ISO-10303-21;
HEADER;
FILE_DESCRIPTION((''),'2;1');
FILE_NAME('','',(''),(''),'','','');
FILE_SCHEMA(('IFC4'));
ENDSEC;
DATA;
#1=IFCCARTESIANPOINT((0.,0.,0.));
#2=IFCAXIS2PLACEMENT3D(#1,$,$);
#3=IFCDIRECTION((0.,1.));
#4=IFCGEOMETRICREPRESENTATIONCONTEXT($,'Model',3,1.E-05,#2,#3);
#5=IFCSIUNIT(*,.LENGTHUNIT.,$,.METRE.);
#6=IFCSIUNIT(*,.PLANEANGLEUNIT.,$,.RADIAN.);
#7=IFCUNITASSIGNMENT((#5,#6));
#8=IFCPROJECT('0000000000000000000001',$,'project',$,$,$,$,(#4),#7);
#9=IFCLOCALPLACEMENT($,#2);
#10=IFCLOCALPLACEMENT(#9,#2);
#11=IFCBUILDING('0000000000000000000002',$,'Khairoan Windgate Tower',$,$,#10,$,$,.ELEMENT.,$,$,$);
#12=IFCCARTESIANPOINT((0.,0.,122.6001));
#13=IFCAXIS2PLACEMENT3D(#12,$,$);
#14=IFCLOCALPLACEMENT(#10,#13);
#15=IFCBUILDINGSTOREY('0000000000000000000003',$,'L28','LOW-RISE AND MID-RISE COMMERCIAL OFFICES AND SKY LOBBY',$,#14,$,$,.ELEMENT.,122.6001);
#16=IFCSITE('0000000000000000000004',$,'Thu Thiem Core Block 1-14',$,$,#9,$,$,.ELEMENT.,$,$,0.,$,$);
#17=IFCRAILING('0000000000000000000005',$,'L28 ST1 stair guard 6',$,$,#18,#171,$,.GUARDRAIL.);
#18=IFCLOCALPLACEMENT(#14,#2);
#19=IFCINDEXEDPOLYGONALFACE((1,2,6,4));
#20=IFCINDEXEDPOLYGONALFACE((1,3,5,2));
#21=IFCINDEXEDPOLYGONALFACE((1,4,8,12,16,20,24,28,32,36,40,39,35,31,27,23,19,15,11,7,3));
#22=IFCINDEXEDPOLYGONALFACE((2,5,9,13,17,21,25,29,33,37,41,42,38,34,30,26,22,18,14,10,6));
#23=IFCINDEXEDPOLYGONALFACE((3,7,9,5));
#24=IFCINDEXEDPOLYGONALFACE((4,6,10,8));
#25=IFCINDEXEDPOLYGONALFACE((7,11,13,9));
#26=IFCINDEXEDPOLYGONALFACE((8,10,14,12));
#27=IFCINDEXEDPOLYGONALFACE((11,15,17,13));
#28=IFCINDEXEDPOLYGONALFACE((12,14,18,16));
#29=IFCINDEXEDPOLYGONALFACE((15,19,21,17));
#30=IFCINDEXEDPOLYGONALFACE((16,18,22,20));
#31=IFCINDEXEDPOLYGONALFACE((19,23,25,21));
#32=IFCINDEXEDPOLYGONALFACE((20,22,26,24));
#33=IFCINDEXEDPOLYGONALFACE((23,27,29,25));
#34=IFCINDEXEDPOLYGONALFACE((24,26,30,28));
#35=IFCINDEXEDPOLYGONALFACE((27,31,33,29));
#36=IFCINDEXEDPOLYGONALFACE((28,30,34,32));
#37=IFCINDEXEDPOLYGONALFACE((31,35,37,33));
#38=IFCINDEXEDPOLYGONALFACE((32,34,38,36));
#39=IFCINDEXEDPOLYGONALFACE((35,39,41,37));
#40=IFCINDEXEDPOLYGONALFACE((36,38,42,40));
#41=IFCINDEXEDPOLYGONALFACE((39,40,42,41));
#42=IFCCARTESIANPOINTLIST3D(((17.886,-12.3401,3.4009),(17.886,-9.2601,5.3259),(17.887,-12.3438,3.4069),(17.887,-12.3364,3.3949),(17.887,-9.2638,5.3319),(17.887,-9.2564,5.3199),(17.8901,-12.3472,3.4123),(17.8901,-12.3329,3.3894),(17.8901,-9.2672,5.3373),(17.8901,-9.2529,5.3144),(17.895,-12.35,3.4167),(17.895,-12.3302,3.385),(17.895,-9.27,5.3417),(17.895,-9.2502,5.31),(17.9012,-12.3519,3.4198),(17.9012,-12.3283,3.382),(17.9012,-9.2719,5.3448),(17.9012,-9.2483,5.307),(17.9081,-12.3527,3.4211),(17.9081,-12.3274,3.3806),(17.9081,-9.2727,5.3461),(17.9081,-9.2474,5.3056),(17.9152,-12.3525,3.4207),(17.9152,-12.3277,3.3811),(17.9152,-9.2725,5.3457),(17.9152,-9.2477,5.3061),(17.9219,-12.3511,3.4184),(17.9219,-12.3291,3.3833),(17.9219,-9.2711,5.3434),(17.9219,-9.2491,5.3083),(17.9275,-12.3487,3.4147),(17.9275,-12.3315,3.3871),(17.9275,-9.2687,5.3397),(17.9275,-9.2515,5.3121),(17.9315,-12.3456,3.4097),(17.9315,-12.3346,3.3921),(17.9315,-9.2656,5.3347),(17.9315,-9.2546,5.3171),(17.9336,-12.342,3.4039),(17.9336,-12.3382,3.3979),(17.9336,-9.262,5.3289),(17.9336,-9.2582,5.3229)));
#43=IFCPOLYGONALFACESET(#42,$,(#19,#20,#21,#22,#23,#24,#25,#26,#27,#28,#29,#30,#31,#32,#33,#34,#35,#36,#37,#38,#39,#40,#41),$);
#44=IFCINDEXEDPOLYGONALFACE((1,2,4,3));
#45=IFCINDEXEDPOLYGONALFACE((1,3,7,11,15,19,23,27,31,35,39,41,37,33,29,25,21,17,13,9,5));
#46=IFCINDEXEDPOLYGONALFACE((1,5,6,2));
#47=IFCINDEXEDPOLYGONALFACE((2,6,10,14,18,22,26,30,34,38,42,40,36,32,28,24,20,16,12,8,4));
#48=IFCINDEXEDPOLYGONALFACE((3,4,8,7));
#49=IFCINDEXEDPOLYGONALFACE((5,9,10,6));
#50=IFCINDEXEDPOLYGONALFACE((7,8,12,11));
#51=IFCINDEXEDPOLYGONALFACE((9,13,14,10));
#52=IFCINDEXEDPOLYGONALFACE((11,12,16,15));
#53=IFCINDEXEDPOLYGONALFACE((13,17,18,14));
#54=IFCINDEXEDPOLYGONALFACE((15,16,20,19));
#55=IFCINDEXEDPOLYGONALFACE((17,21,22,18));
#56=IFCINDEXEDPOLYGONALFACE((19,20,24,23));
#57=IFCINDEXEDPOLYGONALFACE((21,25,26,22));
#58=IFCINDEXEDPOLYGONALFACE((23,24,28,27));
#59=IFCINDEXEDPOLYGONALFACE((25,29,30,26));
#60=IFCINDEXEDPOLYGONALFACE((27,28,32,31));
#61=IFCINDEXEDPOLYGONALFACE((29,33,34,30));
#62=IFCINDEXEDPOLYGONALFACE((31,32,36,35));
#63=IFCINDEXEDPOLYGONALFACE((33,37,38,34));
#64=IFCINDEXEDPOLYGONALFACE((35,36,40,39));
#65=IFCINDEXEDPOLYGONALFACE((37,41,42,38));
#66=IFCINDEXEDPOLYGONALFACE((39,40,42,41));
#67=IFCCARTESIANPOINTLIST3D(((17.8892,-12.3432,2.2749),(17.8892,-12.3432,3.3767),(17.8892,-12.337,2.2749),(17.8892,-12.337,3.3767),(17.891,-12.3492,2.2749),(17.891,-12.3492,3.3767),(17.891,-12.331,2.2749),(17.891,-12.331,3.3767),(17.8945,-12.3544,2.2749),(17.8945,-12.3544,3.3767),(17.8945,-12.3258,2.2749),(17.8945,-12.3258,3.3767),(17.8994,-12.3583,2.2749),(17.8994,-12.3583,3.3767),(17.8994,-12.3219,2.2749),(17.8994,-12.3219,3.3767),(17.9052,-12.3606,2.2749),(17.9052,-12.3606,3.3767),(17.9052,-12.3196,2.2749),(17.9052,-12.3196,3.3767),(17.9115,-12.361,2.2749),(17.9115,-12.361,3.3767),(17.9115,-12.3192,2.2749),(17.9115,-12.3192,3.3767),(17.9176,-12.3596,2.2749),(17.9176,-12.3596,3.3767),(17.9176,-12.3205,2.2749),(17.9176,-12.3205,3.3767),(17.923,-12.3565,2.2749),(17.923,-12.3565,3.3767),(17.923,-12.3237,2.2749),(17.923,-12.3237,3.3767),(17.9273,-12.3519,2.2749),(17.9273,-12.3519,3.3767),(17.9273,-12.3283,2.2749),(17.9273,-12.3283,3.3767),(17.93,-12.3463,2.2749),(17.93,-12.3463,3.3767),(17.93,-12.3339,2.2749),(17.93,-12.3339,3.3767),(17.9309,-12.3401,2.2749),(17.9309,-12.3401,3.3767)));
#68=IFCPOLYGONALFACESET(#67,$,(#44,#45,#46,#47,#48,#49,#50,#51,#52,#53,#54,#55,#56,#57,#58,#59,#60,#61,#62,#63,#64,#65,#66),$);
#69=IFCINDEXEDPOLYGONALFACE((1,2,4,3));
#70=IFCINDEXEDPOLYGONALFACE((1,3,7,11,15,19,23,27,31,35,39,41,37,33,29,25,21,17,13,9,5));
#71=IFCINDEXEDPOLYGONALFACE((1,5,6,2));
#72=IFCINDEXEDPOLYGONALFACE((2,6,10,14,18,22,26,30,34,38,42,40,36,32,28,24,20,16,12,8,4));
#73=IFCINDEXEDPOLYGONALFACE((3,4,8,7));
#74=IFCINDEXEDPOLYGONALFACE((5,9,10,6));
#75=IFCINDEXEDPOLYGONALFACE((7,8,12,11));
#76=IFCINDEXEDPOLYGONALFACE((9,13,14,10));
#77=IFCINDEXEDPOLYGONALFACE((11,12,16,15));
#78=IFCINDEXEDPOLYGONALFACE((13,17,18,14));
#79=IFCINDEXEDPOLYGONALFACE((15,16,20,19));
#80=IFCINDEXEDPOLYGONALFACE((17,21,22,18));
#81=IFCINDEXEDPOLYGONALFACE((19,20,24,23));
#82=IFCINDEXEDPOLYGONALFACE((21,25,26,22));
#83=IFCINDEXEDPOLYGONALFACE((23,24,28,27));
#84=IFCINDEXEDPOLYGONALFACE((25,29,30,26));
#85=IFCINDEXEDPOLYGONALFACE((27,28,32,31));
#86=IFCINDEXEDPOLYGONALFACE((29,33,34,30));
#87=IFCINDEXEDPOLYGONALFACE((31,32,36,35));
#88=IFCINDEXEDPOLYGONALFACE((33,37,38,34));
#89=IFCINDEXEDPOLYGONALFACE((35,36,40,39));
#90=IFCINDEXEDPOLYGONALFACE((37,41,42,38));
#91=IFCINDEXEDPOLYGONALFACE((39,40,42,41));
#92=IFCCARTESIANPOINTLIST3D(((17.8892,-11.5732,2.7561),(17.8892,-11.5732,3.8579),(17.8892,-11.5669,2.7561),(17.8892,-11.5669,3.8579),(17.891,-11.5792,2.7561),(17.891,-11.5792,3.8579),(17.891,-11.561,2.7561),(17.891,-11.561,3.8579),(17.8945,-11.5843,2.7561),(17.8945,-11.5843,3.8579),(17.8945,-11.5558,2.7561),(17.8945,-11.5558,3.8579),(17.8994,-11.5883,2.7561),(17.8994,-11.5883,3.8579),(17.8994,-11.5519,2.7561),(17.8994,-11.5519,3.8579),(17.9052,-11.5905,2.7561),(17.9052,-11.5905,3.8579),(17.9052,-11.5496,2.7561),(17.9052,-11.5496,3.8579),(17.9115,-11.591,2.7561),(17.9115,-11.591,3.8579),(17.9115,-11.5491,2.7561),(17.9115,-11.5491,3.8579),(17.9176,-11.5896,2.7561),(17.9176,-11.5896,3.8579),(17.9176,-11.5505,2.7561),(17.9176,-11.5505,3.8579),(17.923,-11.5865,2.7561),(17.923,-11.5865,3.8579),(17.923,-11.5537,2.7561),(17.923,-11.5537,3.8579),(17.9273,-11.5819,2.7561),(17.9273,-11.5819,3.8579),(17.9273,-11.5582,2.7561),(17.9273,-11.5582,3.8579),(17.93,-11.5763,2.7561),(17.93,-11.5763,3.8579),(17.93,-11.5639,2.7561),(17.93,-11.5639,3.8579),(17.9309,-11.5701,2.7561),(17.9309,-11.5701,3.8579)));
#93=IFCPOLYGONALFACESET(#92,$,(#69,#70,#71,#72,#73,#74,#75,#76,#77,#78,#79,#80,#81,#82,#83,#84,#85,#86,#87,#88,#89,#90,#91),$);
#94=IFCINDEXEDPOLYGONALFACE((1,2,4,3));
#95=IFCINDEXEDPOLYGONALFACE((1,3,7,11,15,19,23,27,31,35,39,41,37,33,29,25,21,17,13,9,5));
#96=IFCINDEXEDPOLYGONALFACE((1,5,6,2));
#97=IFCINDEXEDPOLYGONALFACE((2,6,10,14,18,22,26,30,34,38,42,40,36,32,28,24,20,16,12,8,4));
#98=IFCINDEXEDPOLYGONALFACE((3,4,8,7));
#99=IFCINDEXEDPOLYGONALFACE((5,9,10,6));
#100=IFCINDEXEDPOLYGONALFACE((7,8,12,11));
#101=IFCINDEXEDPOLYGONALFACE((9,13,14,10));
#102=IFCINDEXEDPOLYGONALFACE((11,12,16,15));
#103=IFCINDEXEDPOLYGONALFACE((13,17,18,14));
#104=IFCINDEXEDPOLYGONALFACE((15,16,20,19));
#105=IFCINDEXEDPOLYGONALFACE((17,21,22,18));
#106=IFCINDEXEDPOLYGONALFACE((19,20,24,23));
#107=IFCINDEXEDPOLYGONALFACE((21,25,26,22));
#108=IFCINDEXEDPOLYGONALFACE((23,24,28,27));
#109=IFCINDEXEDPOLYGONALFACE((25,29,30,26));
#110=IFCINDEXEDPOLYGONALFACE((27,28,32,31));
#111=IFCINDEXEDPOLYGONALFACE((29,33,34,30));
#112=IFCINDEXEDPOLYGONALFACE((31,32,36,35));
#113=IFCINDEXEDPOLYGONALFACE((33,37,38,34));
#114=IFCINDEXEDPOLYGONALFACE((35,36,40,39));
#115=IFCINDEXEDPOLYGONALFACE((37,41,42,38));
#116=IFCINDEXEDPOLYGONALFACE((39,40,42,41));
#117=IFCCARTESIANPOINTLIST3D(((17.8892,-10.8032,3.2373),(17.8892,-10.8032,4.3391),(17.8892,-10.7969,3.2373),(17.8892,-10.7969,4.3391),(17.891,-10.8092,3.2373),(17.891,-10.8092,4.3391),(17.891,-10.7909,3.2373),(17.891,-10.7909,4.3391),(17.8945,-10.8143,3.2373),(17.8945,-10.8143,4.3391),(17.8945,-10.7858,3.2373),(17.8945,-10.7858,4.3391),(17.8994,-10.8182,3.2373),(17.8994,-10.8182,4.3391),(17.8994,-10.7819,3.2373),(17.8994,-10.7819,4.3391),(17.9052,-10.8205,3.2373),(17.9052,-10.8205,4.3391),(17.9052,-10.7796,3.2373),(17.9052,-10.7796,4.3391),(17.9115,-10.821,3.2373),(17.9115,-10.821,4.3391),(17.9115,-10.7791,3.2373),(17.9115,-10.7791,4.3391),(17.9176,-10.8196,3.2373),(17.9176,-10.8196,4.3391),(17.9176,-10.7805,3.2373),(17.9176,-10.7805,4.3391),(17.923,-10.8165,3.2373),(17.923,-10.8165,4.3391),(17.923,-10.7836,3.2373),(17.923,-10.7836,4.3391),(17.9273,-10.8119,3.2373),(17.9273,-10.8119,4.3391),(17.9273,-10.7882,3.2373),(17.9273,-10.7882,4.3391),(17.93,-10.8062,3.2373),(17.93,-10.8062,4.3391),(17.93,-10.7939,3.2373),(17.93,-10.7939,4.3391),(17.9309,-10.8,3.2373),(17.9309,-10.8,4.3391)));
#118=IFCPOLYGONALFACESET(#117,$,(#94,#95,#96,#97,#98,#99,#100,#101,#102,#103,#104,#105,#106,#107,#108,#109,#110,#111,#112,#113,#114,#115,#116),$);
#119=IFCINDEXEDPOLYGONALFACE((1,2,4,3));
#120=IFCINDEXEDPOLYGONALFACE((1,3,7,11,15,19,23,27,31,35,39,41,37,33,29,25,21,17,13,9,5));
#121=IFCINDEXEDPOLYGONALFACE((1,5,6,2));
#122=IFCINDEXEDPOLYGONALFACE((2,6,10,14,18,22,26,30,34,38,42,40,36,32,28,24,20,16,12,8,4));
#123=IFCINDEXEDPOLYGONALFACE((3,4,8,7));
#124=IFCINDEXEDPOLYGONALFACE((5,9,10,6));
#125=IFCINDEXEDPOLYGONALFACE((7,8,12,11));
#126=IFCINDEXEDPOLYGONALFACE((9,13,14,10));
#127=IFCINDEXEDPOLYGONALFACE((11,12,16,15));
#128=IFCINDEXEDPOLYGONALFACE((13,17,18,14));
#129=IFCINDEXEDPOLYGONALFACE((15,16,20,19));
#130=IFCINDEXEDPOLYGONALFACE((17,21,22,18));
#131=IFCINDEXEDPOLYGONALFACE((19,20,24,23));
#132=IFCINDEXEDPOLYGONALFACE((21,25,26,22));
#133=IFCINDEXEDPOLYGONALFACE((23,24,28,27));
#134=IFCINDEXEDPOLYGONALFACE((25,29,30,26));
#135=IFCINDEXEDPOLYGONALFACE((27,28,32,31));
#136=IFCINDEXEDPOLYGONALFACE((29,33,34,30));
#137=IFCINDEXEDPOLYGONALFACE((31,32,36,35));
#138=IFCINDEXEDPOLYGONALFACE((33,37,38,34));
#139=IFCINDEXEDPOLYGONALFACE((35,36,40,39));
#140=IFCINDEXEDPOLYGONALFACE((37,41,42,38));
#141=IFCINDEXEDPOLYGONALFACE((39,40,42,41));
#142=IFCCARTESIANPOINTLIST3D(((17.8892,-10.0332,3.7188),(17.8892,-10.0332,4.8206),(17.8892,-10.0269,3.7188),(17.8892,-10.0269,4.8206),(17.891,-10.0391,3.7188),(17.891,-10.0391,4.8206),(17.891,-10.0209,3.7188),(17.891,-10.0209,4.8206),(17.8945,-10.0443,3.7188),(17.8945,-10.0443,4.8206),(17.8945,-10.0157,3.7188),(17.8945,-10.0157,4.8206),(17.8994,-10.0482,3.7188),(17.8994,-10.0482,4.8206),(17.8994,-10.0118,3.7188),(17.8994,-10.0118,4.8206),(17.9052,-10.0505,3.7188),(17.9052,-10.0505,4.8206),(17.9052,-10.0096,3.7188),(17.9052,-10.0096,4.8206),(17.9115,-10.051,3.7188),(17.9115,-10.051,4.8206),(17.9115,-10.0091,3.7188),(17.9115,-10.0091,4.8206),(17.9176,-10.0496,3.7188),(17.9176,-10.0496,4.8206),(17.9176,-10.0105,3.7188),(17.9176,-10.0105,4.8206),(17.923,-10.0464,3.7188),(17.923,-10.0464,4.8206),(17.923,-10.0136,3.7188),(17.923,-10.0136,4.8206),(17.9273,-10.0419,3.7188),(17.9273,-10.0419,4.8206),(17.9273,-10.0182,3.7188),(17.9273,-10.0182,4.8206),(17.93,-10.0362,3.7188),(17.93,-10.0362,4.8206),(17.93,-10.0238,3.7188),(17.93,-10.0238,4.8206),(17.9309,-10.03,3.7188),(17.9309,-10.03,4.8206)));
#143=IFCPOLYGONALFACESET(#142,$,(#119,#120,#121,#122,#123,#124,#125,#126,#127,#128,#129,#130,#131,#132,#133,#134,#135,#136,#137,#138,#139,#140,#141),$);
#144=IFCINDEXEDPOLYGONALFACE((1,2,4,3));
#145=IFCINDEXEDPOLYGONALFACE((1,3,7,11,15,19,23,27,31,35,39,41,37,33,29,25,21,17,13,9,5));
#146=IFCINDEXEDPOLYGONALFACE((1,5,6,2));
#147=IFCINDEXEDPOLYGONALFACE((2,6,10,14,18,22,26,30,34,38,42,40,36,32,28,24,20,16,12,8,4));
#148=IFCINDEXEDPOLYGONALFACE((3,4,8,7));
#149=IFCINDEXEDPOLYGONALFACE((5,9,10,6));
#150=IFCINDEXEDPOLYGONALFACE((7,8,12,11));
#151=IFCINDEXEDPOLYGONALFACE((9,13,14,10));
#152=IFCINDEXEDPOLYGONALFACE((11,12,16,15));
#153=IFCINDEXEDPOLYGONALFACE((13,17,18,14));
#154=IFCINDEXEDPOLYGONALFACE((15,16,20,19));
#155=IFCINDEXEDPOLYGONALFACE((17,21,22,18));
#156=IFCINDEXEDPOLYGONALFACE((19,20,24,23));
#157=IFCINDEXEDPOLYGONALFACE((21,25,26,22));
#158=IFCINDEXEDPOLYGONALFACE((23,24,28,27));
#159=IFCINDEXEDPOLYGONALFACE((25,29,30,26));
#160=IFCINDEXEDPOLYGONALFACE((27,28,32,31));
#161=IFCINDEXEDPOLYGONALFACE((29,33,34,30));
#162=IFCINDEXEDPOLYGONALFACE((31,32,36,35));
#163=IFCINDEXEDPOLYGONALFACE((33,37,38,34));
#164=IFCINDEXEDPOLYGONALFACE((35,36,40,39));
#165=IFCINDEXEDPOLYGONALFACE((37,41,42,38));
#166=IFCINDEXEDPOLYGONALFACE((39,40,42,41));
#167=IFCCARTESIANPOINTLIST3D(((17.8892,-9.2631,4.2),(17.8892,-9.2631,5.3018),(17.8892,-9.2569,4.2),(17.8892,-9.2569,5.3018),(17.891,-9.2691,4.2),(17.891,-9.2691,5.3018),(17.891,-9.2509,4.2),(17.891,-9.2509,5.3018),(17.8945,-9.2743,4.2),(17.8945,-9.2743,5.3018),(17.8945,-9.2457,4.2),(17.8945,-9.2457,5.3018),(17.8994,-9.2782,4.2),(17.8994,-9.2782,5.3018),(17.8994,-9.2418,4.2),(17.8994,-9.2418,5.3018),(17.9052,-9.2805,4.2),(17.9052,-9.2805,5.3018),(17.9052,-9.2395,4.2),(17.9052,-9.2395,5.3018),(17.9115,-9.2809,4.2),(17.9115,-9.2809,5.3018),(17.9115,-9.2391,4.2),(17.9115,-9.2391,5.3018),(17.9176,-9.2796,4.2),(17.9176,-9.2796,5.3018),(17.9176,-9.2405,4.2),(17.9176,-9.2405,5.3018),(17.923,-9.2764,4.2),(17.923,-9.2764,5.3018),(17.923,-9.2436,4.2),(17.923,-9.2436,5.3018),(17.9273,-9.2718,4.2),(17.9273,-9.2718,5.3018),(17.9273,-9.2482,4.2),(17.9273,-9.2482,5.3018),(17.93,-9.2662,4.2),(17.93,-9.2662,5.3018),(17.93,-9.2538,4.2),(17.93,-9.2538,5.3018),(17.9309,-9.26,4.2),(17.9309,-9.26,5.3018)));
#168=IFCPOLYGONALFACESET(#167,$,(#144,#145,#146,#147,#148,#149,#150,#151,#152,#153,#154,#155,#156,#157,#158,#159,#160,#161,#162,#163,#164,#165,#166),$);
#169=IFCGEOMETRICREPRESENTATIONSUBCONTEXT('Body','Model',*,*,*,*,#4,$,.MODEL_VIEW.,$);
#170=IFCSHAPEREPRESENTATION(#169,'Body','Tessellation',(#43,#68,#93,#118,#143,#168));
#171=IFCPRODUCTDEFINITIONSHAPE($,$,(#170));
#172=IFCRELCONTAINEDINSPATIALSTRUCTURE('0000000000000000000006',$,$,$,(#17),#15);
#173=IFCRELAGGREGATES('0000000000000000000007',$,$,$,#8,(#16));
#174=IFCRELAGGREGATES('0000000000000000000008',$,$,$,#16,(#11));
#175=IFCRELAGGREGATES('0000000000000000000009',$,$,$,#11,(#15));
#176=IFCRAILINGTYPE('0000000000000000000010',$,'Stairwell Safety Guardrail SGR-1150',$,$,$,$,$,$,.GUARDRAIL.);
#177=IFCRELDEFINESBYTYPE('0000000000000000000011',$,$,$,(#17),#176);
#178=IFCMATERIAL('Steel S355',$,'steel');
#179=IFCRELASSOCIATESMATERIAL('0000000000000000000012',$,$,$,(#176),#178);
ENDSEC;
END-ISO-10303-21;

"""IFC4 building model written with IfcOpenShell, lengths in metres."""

from ifc_helpers import new_model, si_unit, direction, frame, origin, origin_2d, place, context, subcontext, project, spatial, circle, extrude, material, type_object, element, save


model = new_model("IFC4")

# Units and contexts
model_context = context("Model", 3, precision=1e-05, world=origin(), true_north=direction((0.0, 1.0)))
body_context = subcontext(model_context, "Body", "Model", "MODEL_VIEW")
ifc_project = project(units=[si_unit("LENGTHUNIT", "METRE"), si_unit("PLANEANGLEUNIT", "RADIAN")], contexts=[model_context])

# Site, building, storey
site_placement = place(None, origin())
site = spatial("IfcSite", under=ifc_project, at=site_placement, Name="Thu Thiem Core Block 1-14", CompositionType="ELEMENT", RefElevation=0.0)
building_placement = place(site_placement, origin())
building = spatial("IfcBuilding", under=site, at=building_placement, Name="Khairoan Windgate Tower", CompositionType="ELEMENT")
storey_placement = place(building_placement, frame((0.0, 0.0, 122.6001)))
storey = spatial("IfcBuildingStorey", under=building, at=storey_placement, Name="L28", Description="LOW-RISE AND MID-RISE COMMERCIAL OFFICES AND SKY LOBBY", CompositionType="ELEMENT", Elevation=122.6001)

# Railing
ifc_material_1 = material(Name="Steel S355", Category="steel")
railing_type_1 = type_object("IfcRailingType", Name="Stairwell Safety Guardrail SGR-1150", PredefinedType="GUARDRAIL", material=ifc_material_1)
railing_1_placement = place(storey_placement, frame((17.9099, -12.3401, 2.2749)))
element("IfcRailing", 1, at=railing_1_placement, inside=storey, type_object=railing_type_1, Name="L28 ST1 stair guard 6", PredefinedType="GUARDRAIL", context=body_context, shape_type="SweptSolid", body=[
    extrude(circle(Radius=0.0239, at=origin_2d()), frame((0.0, 0.0, 1.126), z_axis=(0.0, 0.847998, 0.529999), x_axis=(-1.0, 0.0, 0.0)), (0.0, 0.0, 1.0), 3.6321),
    extrude(circle(Radius=0.021, at=origin_2d()), origin(), (0.0, 0.0, 1.0), 1.1018),
    extrude(circle(Radius=0.021, at=origin_2d()), frame((0.0, 0.77, 0.4812)), (0.0, 0.0, 1.0), 1.1018),
    extrude(circle(Radius=0.021, at=origin_2d()), frame((0.0, 1.54, 0.9624)), (0.0, 0.0, 1.0), 1.1018),
    extrude(circle(Radius=0.021, at=origin_2d()), frame((0.0, 2.3101, 1.4438)), (0.0, 0.0, 1.0), 1.1018),
    extrude(circle(Radius=0.021, at=origin_2d()), frame((0.0, 3.0801, 1.925)), (0.0, 0.0, 1.0), 1.1018),
])

save(model, "model.ifc")
